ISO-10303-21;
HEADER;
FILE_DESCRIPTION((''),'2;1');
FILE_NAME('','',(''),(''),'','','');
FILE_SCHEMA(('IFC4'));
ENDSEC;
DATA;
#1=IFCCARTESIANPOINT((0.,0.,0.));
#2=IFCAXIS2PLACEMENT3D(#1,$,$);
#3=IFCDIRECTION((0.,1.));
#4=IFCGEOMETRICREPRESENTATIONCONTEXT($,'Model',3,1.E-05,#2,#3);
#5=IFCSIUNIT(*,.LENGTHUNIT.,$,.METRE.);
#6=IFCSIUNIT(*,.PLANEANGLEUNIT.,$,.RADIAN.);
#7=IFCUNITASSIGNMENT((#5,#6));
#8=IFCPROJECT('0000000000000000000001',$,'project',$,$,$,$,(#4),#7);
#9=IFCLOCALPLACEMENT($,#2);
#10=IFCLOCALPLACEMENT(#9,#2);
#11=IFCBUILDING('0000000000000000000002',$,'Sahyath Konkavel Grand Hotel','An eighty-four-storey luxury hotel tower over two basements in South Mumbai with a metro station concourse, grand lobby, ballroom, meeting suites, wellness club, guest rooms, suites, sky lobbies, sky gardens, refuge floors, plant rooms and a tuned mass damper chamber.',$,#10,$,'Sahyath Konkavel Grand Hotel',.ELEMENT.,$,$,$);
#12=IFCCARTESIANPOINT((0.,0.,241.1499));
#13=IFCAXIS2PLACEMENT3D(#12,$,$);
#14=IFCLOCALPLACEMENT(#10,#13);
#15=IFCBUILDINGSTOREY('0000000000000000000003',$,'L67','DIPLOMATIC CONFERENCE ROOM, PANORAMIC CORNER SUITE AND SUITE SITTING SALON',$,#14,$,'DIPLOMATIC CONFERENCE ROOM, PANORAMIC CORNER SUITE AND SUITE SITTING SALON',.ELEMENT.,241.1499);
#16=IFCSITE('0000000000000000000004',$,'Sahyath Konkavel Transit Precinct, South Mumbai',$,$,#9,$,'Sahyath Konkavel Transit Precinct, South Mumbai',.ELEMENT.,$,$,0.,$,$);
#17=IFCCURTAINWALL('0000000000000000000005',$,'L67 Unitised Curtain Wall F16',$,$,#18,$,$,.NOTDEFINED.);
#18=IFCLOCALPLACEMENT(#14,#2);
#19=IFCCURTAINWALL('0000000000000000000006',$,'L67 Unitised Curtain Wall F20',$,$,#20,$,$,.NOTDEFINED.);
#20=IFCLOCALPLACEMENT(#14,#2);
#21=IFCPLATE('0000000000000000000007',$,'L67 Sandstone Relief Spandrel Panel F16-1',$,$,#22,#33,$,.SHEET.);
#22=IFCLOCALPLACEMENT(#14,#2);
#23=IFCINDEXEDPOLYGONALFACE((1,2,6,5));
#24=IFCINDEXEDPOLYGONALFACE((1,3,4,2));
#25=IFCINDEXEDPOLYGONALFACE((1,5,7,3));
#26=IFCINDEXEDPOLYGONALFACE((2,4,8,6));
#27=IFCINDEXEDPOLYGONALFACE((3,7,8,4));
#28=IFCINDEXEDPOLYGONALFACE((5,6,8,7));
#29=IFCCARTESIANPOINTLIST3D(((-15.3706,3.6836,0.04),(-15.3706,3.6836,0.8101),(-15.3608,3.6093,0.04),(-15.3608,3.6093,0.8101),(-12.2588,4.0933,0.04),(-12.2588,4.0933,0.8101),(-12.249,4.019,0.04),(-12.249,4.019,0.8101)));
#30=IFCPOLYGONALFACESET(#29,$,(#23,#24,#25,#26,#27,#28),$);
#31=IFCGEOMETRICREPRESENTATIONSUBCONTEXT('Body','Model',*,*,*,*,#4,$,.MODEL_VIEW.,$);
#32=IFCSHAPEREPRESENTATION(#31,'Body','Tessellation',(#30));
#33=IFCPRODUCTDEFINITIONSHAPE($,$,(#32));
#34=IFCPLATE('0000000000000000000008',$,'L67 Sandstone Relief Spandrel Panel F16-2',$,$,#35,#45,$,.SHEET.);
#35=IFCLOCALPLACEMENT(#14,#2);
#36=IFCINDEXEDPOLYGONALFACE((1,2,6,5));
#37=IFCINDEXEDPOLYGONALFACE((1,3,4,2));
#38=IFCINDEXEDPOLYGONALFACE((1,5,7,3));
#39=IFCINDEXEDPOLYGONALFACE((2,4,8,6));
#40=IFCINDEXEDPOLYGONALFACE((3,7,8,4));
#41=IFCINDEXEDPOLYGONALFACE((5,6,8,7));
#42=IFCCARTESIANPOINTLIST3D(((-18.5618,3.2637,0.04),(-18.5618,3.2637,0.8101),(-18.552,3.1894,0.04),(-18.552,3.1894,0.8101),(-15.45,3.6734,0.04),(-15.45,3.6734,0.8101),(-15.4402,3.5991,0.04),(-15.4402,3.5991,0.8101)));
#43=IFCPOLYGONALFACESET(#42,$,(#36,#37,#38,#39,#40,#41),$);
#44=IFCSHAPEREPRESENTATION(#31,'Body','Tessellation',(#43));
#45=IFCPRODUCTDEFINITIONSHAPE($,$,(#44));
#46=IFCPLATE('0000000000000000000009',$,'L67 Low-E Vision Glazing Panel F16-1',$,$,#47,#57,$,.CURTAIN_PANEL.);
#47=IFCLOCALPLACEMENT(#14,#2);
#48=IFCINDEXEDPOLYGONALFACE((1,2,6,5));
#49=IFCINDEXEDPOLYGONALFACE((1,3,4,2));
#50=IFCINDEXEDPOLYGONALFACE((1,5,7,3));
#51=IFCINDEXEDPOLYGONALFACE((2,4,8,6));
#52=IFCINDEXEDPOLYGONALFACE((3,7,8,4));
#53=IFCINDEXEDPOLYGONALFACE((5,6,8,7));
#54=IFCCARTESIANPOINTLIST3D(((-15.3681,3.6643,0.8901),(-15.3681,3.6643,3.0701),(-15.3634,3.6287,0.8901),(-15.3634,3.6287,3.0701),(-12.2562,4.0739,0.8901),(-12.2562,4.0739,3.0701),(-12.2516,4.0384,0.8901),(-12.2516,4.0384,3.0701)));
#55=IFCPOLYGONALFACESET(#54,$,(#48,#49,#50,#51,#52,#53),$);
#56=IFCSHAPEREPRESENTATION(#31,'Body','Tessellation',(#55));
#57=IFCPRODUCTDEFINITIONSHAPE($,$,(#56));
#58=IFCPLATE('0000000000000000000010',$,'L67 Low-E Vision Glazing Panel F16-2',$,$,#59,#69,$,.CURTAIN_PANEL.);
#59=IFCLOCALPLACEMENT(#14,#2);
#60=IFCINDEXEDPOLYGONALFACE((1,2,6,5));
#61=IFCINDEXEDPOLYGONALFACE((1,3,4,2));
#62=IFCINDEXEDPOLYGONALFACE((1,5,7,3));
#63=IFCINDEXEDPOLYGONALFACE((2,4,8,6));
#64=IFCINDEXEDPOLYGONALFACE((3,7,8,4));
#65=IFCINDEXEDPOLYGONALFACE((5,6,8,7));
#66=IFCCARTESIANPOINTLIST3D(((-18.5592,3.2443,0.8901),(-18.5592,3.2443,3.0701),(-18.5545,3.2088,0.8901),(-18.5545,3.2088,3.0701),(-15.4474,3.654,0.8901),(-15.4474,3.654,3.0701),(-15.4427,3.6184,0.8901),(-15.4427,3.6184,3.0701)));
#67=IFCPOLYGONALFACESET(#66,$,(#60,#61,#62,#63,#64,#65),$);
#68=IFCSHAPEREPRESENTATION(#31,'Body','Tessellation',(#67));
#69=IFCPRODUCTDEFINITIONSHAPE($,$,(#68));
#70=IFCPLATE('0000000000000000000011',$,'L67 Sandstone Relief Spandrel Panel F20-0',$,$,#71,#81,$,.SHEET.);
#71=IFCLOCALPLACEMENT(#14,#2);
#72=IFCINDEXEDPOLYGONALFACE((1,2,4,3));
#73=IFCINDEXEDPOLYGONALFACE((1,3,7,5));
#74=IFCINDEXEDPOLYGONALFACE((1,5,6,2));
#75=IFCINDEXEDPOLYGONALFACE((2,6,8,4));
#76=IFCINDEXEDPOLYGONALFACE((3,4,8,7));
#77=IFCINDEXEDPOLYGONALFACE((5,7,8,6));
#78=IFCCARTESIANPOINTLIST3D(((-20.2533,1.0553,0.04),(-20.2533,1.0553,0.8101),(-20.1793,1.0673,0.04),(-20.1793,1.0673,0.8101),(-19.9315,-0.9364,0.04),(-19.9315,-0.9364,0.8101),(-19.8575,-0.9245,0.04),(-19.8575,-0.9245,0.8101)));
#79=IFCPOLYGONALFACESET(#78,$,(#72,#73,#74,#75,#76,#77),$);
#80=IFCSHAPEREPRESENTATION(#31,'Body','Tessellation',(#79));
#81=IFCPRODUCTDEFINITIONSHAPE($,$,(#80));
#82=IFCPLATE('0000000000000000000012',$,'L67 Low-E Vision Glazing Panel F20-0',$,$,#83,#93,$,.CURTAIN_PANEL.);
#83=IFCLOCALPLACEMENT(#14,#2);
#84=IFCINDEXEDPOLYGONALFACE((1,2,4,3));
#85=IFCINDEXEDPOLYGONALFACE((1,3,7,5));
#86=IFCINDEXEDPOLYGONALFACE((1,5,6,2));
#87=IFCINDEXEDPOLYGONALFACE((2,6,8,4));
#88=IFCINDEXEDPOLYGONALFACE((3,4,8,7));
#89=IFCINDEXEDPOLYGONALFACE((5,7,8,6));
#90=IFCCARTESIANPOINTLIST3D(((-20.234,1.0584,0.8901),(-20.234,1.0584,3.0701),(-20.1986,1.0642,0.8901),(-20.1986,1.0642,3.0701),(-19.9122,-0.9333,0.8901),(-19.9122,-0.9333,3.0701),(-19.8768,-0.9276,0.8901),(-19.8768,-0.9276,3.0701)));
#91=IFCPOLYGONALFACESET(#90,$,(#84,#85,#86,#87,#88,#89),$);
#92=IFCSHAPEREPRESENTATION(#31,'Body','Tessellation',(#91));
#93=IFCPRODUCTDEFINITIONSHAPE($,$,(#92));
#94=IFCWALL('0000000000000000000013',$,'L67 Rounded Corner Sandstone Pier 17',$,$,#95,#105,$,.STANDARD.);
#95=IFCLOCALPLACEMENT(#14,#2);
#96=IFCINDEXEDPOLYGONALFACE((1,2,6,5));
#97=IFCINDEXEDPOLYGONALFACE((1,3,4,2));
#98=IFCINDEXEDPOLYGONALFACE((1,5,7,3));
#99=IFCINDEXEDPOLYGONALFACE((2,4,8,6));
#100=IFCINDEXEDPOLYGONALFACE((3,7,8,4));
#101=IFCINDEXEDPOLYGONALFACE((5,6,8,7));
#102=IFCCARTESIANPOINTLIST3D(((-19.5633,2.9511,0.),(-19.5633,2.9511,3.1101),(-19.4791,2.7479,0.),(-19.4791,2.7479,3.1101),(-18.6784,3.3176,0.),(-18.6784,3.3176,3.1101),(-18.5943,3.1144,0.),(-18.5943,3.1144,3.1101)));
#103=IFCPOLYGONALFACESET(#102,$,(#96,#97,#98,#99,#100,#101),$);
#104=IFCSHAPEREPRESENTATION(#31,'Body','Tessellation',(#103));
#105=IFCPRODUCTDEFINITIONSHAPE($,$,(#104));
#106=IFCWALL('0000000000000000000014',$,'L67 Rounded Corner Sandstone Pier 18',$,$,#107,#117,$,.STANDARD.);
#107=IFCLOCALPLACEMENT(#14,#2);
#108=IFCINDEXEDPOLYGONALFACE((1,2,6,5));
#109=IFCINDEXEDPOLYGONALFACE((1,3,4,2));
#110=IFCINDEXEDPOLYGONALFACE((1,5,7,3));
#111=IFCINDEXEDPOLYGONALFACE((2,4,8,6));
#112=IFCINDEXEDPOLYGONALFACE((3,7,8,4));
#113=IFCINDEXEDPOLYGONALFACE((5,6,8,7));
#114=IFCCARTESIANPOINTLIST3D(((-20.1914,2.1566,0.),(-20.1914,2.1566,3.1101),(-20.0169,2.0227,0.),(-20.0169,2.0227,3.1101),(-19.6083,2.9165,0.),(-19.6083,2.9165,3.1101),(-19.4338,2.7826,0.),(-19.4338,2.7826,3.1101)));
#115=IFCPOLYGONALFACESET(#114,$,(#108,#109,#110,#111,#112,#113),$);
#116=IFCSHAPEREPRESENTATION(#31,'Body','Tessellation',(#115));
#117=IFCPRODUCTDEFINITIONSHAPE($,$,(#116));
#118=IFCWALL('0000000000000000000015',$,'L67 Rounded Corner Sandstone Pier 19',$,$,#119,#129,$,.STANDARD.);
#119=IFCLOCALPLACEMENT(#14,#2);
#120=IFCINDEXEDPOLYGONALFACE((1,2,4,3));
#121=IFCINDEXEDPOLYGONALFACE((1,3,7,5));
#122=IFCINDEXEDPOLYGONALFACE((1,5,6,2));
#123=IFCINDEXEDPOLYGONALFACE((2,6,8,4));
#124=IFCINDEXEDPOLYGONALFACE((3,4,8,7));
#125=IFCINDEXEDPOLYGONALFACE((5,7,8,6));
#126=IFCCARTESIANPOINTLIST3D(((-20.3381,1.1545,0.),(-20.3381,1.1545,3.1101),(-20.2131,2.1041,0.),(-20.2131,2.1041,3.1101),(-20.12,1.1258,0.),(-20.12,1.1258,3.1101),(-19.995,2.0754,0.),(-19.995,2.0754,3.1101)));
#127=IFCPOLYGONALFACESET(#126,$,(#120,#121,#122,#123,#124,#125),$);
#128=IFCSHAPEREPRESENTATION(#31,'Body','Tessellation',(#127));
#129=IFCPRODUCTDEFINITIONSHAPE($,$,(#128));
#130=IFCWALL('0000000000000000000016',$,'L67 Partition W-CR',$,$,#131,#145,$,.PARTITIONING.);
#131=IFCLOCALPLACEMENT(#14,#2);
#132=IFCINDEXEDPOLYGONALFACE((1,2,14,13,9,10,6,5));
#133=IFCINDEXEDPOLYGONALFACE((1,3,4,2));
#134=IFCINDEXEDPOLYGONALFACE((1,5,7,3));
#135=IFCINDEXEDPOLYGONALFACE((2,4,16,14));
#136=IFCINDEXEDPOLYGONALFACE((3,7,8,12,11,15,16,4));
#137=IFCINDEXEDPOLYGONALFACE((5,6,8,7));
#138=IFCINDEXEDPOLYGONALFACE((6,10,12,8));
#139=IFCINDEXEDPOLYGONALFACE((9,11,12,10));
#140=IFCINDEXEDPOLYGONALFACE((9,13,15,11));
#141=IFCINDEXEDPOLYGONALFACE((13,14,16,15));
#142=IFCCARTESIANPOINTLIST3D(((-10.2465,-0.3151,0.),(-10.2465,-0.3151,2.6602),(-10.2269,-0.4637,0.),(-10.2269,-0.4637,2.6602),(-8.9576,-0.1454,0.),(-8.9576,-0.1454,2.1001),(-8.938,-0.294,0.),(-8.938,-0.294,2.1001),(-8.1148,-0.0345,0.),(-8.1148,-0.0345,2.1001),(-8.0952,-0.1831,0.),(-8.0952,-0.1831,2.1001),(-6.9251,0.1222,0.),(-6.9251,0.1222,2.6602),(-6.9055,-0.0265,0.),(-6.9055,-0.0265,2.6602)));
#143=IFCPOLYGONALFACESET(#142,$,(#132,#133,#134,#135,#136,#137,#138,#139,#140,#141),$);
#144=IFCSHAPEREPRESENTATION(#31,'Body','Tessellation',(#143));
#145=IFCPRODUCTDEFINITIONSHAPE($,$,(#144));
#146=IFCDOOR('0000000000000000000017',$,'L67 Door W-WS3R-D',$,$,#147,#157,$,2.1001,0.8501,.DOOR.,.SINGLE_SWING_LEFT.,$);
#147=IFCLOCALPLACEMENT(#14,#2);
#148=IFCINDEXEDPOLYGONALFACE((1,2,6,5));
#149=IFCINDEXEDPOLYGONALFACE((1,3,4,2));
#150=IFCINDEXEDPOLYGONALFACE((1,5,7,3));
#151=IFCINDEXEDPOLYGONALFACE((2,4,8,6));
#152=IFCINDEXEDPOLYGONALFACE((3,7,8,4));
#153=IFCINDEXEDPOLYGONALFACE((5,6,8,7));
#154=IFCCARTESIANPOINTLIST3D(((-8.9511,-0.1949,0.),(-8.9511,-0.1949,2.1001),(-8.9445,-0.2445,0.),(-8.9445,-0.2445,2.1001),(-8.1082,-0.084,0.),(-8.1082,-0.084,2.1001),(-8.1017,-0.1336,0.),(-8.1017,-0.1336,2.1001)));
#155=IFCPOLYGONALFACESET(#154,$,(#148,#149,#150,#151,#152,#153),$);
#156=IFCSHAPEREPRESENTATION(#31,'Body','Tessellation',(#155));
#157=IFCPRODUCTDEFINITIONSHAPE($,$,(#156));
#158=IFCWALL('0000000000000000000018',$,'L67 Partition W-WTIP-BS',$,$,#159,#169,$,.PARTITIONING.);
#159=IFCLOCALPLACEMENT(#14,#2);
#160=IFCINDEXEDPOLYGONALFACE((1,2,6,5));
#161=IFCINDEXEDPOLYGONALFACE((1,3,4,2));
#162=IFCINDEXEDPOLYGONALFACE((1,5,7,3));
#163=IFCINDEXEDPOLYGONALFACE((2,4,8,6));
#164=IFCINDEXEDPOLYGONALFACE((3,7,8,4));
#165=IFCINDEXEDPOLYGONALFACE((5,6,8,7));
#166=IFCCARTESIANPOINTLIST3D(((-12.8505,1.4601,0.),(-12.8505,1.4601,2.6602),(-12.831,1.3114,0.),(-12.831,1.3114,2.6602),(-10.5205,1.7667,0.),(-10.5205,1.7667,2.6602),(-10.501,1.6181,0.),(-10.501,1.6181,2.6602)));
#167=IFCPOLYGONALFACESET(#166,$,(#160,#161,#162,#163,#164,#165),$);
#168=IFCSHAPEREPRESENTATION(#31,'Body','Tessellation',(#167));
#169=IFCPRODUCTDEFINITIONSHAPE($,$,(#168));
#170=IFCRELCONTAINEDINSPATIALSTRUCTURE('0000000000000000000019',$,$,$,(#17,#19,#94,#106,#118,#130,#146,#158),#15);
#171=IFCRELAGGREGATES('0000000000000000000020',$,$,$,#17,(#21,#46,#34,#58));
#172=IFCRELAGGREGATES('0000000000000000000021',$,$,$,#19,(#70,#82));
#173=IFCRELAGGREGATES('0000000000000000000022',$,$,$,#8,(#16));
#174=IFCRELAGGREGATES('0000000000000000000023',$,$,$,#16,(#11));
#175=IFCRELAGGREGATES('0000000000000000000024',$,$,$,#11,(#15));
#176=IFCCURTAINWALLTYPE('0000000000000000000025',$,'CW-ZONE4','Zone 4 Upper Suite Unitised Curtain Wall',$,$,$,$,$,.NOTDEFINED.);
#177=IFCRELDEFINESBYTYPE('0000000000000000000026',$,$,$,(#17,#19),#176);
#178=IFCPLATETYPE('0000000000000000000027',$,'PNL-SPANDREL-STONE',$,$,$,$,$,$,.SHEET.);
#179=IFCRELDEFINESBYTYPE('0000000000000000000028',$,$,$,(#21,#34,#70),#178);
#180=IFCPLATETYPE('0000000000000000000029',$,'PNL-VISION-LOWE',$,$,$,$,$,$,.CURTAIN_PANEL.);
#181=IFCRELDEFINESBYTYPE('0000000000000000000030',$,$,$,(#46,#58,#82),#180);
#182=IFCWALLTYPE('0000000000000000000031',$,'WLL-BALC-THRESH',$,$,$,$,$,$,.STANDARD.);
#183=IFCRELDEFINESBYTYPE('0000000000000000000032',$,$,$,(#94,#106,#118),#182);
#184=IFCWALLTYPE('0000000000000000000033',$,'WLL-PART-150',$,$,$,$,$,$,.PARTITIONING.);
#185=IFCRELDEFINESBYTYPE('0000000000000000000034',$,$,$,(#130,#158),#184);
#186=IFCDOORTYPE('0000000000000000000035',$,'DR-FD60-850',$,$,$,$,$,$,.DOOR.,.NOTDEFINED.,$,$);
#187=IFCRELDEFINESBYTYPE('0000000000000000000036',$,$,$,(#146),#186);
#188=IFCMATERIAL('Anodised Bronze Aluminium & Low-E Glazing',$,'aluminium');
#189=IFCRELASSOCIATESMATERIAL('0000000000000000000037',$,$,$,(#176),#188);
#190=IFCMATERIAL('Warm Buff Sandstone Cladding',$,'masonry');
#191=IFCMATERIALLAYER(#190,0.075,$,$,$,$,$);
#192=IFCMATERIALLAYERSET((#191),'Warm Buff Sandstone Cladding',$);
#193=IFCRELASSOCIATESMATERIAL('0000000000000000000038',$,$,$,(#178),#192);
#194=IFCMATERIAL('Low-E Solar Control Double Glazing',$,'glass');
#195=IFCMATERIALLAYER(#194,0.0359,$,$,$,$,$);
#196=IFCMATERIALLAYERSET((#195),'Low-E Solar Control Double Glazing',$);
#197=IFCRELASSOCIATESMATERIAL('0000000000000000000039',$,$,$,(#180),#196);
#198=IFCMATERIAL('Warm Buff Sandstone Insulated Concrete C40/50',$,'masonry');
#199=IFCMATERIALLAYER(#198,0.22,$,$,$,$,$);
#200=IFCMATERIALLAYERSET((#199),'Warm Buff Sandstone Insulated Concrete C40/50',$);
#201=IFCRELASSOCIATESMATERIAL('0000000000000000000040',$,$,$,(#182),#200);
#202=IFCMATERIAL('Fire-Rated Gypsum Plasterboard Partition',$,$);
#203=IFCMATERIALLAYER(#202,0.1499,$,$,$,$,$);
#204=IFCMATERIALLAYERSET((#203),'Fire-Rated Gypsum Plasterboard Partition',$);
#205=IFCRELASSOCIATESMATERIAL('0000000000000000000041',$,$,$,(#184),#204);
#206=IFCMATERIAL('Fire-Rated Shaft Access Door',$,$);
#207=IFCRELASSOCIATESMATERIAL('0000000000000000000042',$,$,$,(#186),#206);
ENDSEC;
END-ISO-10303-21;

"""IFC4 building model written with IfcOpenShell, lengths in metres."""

from ifc_helpers import new_model, si_unit, direction, frame, frame_2d, origin, origin_2d, place, context, subcontext, project, spatial, rectangle, extrude, source, transform, mapped, material, layer, layer_set, type_object, element, fill, aggregate, save


model = new_model("IFC4")

# Units and contexts
model_context = context("Model", 3, precision=1e-05, world=origin(), true_north=direction((0.0, 1.0)))
body_context = subcontext(model_context, "Body", "Model", "MODEL_VIEW")
ifc_project = project(units=[si_unit("LENGTHUNIT", "METRE"), si_unit("PLANEANGLEUNIT", "RADIAN")], contexts=[model_context])

# Site, building, storey
site_placement = place(None, origin())
site = spatial("IfcSite", under=ifc_project, at=site_placement, Name="Sahyath Konkavel Transit Precinct, South Mumbai", LongName="Sahyath Konkavel Transit Precinct, South Mumbai", CompositionType="ELEMENT", RefElevation=0.0)
building_placement = place(site_placement, origin())
building = spatial("IfcBuilding", under=site, at=building_placement, Name="Sahyath Konkavel Grand Hotel", Description="An eighty-four-storey luxury hotel tower over two basements in South Mumbai with a metro station concourse, grand lobby, ballroom, meeting suites, wellness club, guest rooms, suites, sky lobbies, sky gardens, refuge floors, plant rooms and a tuned mass damper chamber.", LongName="Sahyath Konkavel Grand Hotel", CompositionType="ELEMENT")
storey_placement = place(building_placement, frame((0.0, 0.0, 241.1499)))
storey = spatial("IfcBuildingStorey", under=building, at=storey_placement, Name="L67", Description="DIPLOMATIC CONFERENCE ROOM, PANORAMIC CORNER SUITE AND SUITE SITTING SALON", LongName="DIPLOMATIC CONFERENCE ROOM, PANORAMIC CORNER SUITE AND SUITE SITTING SALON", CompositionType="ELEMENT", Elevation=241.1499)

# Curtain wall
ifc_material_1 = material(Name="Anodised Bronze Aluminium & Low-E Glazing", Category="aluminium")
curtain_wall_type = type_object("IfcCurtainWallType", Name="CW-ZONE4", Description="Zone 4 Upper Suite Unitised Curtain Wall", PredefinedType="NOTDEFINED", material=ifc_material_1)
curtain_wall_1_placement = place(storey_placement, origin())
curtain_wall_1 = element("IfcCurtainWall", 1, at=curtain_wall_1_placement, inside=storey, type_object=curtain_wall_type, Name="L67 Unitised Curtain Wall F16", PredefinedType="NOTDEFINED")

# Curtain wall
curtain_wall_2_placement = place(storey_placement, origin())
curtain_wall_2 = element("IfcCurtainWall", 2, at=curtain_wall_2_placement, inside=storey, type_object=curtain_wall_type, Name="L67 Unitised Curtain Wall F20", PredefinedType="NOTDEFINED")

# Plates
ifc_material_2 = material(Name="Warm Buff Sandstone Cladding", Category="masonry")
ifc_layer_1 = layer(ifc_material_2, 0.075)
ifc_layer_set_1 = layer_set([ifc_layer_1], Name="Warm Buff Sandstone Cladding")
plate_type_1 = type_object("IfcPlateType", Name="PNL-SPANDREL-STONE", PredefinedType="SHEET", material=ifc_layer_set_1)
shared_shape_1 = source(origin(), body_context, "Body", "SweptSolid", [
    extrude(rectangle(XDim=3.1387, YDim=0.075, at=origin_2d()), origin(), (0.0, 0.0, 1.0), 0.77),
])
plate_1_placement = place(storey_placement, frame((-13.8098, 3.8513, 0.04), z_axis=(0.0, 0.0, 1.0), x_axis=(-0.991445, -0.130526, 0.0)))
plate_1 = element("IfcPlate", 3, at=plate_1_placement, type_object=plate_type_1, Name="L67 Sandstone Relief Spandrel Panel F16-1", PredefinedType="SHEET", context=body_context, shape_type="MappedRepresentation", body=[
    mapped(shared_shape_1, transform((0.0, 0.0, 0.0), scale=1.0)),
])
plate_2_placement = place(storey_placement, frame((-17.001, 3.4314, 0.04), z_axis=(0.0, 0.0, 1.0), x_axis=(-0.991445, -0.130526, 0.0)))
plate_2 = element("IfcPlate", 4, at=plate_2_placement, type_object=plate_type_1, Name="L67 Sandstone Relief Spandrel Panel F16-2", PredefinedType="SHEET", context=body_context, shape_type="MappedRepresentation", body=[
    mapped(shared_shape_1, transform((0.0, 0.0, 0.0), scale=1.0)),
])
ifc_material_3 = material(Name="Low-E Solar Control Double Glazing", Category="glass")
ifc_layer_2 = layer(ifc_material_3, 0.0359)
ifc_layer_set_2 = layer_set([ifc_layer_2], Name="Low-E Solar Control Double Glazing")
plate_type_2 = type_object("IfcPlateType", Name="PNL-VISION-LOWE", PredefinedType="CURTAIN_PANEL", material=ifc_layer_set_2)
shared_shape_2 = source(origin(), body_context, "Body", "SweptSolid", [
    extrude(rectangle(XDim=3.1387, YDim=0.0359, at=origin_2d()), origin(), (0.0, 0.0, 1.0), 2.1799),
])
plate_3_placement = place(storey_placement, frame((-13.8098, 3.8513, 0.8901), z_axis=(0.0, 0.0, 1.0), x_axis=(-0.991445, -0.130526, 0.0)))
plate_3 = element("IfcPlate", 5, at=plate_3_placement, type_object=plate_type_2, Name="L67 Low-E Vision Glazing Panel F16-1", PredefinedType="CURTAIN_PANEL", context=body_context, shape_type="MappedRepresentation", body=[
    mapped(shared_shape_2, transform((0.0, 0.0, 0.0), scale=1.0)),
])
plate_4_placement = place(storey_placement, frame((-17.001, 3.4314, 0.8901), z_axis=(0.0, 0.0, 1.0), x_axis=(-0.991445, -0.130526, 0.0)))
plate_4 = element("IfcPlate", 6, at=plate_4_placement, type_object=plate_type_2, Name="L67 Low-E Vision Glazing Panel F16-2", PredefinedType="CURTAIN_PANEL", context=body_context, shape_type="MappedRepresentation", body=[
    mapped(shared_shape_2, transform((0.0, 0.0, 0.0), scale=1.0)),
])
aggregate(curtain_wall_1, [plate_1, plate_3, plate_2, plate_4])
shared_shape_3 = source(origin(), body_context, "Body", "SweptSolid", [
    extrude(rectangle(XDim=2.0176, YDim=0.075, at=origin_2d()), origin(), (0.0, 0.0, 1.0), 0.77),
])
plate_5_placement = place(storey_placement, frame((-20.0554, 0.0654, 0.04), z_axis=(0.0, 0.0, 1.0), x_axis=(0.159485, -0.9872, 0.0)))
plate_5 = element("IfcPlate", 7, at=plate_5_placement, type_object=plate_type_1, Name="L67 Sandstone Relief Spandrel Panel F20-0", PredefinedType="SHEET", context=body_context, shape_type="MappedRepresentation", body=[
    mapped(shared_shape_3, transform((0.0, 0.0, 0.0), scale=1.0)),
])
shared_shape_4 = source(origin(), body_context, "Body", "SweptSolid", [
    extrude(rectangle(XDim=2.0176, YDim=0.0359, at=origin_2d()), origin(), (0.0, 0.0, 1.0), 2.1799),
])
plate_6_placement = place(storey_placement, frame((-20.0554, 0.0654, 0.8901), z_axis=(0.0, 0.0, 1.0), x_axis=(0.159485, -0.9872, 0.0)))
plate_6 = element("IfcPlate", 8, at=plate_6_placement, type_object=plate_type_2, Name="L67 Low-E Vision Glazing Panel F20-0", PredefinedType="CURTAIN_PANEL", context=body_context, shape_type="MappedRepresentation", body=[
    mapped(shared_shape_4, transform((0.0, 0.0, 0.0), scale=1.0)),
])
aggregate(curtain_wall_2, [plate_5, plate_6])

# Walls
ifc_material_4 = material(Name="Warm Buff Sandstone Insulated Concrete C40/50", Category="masonry")
ifc_layer_3 = layer(ifc_material_4, 0.22)
ifc_layer_set_3 = layer_set([ifc_layer_3], Name="Warm Buff Sandstone Insulated Concrete C40/50")
wall_type_1 = type_object("IfcWallType", Name="WLL-BALC-THRESH", PredefinedType="STANDARD", material=ifc_layer_set_3)
for number, where, z_axis, x_axis, name in (
    (9, (-18.6362, 3.2161, 0.0), (0.0, 0.0, 1.0), (-0.923889, -0.38266, 0.0), "L67 Rounded Corner Sandstone Pier 17"),
    (10, (-19.521, 2.8496, 0.0), (0.0, 0.0, 1.0), (-0.608774, -0.793344, 0.0), "L67 Rounded Corner Sandstone Pier 18"),
    (11, (-20.104, 2.0898, 0.0), (0.0, 0.0, 1.0), (-0.130527, -0.991445, 0.0), "L67 Rounded Corner Sandstone Pier 19"),
):
    element("IfcWall", number, at=place(storey_placement, frame(where, z_axis=z_axis, x_axis=x_axis)), inside=storey, type_object=wall_type_1, Name=name, PredefinedType="STANDARD", context=body_context, shape_type="SweptSolid", body=[
        extrude(rectangle(XDim=0.9578, YDim=0.22, at=frame_2d((0.479, 0.0))), origin(), (0.0, 0.0, 1.0), 3.1101),
    ])

# Wall, opening, door
ifc_material_5 = material(Name="Fire-Rated Gypsum Plasterboard Partition")
ifc_layer_4 = layer(ifc_material_5, 0.1499)
ifc_layer_set_4 = layer_set([ifc_layer_4], Name="Fire-Rated Gypsum Plasterboard Partition")
wall_type_2 = type_object("IfcWallType", Name="WLL-PART-150", PredefinedType="PARTITIONING", material=ifc_layer_set_4)
wall_1_placement = place(storey_placement, frame((-6.9153, 0.0479, 0.0), z_axis=(0.0, 0.0, 1.0), x_axis=(-0.991446, -0.130517, 0.0)))
wall_1 = element("IfcWall", 12, at=wall_1_placement, inside=storey, type_object=wall_type_2, Name="L67 Partition W-CR", PredefinedType="PARTITIONING", context=body_context, shape_type="SweptSolid", body=[
    extrude(rectangle(XDim=3.3501, YDim=0.1499, at=frame_2d((1.675, 0.0))), origin(), (0.0, 0.0, 1.0), 2.6602),
])
opening_1_placement = place(wall_1_placement, frame((1.2, 0.0, 0.0)))
opening_1 = element("IfcOpeningElement", 13, at=opening_1_placement, cuts=wall_1, PredefinedType="OPENING", context=body_context, shape_type="SweptSolid", body=[
    extrude(rectangle(XDim=0.8501, YDim=2.1001, at=frame_2d((0.425, 1.05))), frame((0.0, 0.085, 0.0), z_axis=(0.0, -1.0, 0.0), x_axis=(1.0, 0.0, 0.0)), (0.0, 0.0, 1.0), 0.1699),
])
ifc_material_6 = material(Name="Fire-Rated Shaft Access Door")
door_type_1 = type_object("IfcDoorType", Name="DR-FD60-850", OperationType="NOTDEFINED", PredefinedType="DOOR", material=ifc_material_6)
shared_shape_5 = source(origin(), body_context, "Body", "SweptSolid", [
    extrude(rectangle(XDim=0.8501, YDim=0.05, at=origin_2d()), origin(), (0.0, 0.0, 1.0), 2.1001),
])
door_1_placement = place(opening_1_placement, frame((0.425, 0.0, 0.0)))
door_1 = element("IfcDoor", 14, at=door_1_placement, inside=storey, type_object=door_type_1, Name="L67 Door W-WS3R-D", OperationType="SINGLE_SWING_LEFT", OverallHeight=2.1001, OverallWidth=0.8501, PredefinedType="DOOR", context=body_context, shape_type="MappedRepresentation", body=[
    mapped(shared_shape_5, transform((0.0, 0.0, 0.0), scale=1.0)),
])
fill(opening_1, door_1)

# Wall
wall_2_placement = place(storey_placement, frame((-10.5107, 1.6924, 0.0), z_axis=(0.0, 0.0, 1.0), x_axis=(-0.991451, -0.130476, 0.0)))
element("IfcWall", 15, at=wall_2_placement, inside=storey, type_object=wall_type_2, Name="L67 Partition W-WTIP-BS", PredefinedType="PARTITIONING", context=body_context, shape_type="SweptSolid", body=[
    extrude(rectangle(XDim=2.3501, YDim=0.1499, at=frame_2d((1.175, 0.0))), origin(), (0.0, 0.0, 1.0), 2.6602),
])

save(model, "model.ifc")
